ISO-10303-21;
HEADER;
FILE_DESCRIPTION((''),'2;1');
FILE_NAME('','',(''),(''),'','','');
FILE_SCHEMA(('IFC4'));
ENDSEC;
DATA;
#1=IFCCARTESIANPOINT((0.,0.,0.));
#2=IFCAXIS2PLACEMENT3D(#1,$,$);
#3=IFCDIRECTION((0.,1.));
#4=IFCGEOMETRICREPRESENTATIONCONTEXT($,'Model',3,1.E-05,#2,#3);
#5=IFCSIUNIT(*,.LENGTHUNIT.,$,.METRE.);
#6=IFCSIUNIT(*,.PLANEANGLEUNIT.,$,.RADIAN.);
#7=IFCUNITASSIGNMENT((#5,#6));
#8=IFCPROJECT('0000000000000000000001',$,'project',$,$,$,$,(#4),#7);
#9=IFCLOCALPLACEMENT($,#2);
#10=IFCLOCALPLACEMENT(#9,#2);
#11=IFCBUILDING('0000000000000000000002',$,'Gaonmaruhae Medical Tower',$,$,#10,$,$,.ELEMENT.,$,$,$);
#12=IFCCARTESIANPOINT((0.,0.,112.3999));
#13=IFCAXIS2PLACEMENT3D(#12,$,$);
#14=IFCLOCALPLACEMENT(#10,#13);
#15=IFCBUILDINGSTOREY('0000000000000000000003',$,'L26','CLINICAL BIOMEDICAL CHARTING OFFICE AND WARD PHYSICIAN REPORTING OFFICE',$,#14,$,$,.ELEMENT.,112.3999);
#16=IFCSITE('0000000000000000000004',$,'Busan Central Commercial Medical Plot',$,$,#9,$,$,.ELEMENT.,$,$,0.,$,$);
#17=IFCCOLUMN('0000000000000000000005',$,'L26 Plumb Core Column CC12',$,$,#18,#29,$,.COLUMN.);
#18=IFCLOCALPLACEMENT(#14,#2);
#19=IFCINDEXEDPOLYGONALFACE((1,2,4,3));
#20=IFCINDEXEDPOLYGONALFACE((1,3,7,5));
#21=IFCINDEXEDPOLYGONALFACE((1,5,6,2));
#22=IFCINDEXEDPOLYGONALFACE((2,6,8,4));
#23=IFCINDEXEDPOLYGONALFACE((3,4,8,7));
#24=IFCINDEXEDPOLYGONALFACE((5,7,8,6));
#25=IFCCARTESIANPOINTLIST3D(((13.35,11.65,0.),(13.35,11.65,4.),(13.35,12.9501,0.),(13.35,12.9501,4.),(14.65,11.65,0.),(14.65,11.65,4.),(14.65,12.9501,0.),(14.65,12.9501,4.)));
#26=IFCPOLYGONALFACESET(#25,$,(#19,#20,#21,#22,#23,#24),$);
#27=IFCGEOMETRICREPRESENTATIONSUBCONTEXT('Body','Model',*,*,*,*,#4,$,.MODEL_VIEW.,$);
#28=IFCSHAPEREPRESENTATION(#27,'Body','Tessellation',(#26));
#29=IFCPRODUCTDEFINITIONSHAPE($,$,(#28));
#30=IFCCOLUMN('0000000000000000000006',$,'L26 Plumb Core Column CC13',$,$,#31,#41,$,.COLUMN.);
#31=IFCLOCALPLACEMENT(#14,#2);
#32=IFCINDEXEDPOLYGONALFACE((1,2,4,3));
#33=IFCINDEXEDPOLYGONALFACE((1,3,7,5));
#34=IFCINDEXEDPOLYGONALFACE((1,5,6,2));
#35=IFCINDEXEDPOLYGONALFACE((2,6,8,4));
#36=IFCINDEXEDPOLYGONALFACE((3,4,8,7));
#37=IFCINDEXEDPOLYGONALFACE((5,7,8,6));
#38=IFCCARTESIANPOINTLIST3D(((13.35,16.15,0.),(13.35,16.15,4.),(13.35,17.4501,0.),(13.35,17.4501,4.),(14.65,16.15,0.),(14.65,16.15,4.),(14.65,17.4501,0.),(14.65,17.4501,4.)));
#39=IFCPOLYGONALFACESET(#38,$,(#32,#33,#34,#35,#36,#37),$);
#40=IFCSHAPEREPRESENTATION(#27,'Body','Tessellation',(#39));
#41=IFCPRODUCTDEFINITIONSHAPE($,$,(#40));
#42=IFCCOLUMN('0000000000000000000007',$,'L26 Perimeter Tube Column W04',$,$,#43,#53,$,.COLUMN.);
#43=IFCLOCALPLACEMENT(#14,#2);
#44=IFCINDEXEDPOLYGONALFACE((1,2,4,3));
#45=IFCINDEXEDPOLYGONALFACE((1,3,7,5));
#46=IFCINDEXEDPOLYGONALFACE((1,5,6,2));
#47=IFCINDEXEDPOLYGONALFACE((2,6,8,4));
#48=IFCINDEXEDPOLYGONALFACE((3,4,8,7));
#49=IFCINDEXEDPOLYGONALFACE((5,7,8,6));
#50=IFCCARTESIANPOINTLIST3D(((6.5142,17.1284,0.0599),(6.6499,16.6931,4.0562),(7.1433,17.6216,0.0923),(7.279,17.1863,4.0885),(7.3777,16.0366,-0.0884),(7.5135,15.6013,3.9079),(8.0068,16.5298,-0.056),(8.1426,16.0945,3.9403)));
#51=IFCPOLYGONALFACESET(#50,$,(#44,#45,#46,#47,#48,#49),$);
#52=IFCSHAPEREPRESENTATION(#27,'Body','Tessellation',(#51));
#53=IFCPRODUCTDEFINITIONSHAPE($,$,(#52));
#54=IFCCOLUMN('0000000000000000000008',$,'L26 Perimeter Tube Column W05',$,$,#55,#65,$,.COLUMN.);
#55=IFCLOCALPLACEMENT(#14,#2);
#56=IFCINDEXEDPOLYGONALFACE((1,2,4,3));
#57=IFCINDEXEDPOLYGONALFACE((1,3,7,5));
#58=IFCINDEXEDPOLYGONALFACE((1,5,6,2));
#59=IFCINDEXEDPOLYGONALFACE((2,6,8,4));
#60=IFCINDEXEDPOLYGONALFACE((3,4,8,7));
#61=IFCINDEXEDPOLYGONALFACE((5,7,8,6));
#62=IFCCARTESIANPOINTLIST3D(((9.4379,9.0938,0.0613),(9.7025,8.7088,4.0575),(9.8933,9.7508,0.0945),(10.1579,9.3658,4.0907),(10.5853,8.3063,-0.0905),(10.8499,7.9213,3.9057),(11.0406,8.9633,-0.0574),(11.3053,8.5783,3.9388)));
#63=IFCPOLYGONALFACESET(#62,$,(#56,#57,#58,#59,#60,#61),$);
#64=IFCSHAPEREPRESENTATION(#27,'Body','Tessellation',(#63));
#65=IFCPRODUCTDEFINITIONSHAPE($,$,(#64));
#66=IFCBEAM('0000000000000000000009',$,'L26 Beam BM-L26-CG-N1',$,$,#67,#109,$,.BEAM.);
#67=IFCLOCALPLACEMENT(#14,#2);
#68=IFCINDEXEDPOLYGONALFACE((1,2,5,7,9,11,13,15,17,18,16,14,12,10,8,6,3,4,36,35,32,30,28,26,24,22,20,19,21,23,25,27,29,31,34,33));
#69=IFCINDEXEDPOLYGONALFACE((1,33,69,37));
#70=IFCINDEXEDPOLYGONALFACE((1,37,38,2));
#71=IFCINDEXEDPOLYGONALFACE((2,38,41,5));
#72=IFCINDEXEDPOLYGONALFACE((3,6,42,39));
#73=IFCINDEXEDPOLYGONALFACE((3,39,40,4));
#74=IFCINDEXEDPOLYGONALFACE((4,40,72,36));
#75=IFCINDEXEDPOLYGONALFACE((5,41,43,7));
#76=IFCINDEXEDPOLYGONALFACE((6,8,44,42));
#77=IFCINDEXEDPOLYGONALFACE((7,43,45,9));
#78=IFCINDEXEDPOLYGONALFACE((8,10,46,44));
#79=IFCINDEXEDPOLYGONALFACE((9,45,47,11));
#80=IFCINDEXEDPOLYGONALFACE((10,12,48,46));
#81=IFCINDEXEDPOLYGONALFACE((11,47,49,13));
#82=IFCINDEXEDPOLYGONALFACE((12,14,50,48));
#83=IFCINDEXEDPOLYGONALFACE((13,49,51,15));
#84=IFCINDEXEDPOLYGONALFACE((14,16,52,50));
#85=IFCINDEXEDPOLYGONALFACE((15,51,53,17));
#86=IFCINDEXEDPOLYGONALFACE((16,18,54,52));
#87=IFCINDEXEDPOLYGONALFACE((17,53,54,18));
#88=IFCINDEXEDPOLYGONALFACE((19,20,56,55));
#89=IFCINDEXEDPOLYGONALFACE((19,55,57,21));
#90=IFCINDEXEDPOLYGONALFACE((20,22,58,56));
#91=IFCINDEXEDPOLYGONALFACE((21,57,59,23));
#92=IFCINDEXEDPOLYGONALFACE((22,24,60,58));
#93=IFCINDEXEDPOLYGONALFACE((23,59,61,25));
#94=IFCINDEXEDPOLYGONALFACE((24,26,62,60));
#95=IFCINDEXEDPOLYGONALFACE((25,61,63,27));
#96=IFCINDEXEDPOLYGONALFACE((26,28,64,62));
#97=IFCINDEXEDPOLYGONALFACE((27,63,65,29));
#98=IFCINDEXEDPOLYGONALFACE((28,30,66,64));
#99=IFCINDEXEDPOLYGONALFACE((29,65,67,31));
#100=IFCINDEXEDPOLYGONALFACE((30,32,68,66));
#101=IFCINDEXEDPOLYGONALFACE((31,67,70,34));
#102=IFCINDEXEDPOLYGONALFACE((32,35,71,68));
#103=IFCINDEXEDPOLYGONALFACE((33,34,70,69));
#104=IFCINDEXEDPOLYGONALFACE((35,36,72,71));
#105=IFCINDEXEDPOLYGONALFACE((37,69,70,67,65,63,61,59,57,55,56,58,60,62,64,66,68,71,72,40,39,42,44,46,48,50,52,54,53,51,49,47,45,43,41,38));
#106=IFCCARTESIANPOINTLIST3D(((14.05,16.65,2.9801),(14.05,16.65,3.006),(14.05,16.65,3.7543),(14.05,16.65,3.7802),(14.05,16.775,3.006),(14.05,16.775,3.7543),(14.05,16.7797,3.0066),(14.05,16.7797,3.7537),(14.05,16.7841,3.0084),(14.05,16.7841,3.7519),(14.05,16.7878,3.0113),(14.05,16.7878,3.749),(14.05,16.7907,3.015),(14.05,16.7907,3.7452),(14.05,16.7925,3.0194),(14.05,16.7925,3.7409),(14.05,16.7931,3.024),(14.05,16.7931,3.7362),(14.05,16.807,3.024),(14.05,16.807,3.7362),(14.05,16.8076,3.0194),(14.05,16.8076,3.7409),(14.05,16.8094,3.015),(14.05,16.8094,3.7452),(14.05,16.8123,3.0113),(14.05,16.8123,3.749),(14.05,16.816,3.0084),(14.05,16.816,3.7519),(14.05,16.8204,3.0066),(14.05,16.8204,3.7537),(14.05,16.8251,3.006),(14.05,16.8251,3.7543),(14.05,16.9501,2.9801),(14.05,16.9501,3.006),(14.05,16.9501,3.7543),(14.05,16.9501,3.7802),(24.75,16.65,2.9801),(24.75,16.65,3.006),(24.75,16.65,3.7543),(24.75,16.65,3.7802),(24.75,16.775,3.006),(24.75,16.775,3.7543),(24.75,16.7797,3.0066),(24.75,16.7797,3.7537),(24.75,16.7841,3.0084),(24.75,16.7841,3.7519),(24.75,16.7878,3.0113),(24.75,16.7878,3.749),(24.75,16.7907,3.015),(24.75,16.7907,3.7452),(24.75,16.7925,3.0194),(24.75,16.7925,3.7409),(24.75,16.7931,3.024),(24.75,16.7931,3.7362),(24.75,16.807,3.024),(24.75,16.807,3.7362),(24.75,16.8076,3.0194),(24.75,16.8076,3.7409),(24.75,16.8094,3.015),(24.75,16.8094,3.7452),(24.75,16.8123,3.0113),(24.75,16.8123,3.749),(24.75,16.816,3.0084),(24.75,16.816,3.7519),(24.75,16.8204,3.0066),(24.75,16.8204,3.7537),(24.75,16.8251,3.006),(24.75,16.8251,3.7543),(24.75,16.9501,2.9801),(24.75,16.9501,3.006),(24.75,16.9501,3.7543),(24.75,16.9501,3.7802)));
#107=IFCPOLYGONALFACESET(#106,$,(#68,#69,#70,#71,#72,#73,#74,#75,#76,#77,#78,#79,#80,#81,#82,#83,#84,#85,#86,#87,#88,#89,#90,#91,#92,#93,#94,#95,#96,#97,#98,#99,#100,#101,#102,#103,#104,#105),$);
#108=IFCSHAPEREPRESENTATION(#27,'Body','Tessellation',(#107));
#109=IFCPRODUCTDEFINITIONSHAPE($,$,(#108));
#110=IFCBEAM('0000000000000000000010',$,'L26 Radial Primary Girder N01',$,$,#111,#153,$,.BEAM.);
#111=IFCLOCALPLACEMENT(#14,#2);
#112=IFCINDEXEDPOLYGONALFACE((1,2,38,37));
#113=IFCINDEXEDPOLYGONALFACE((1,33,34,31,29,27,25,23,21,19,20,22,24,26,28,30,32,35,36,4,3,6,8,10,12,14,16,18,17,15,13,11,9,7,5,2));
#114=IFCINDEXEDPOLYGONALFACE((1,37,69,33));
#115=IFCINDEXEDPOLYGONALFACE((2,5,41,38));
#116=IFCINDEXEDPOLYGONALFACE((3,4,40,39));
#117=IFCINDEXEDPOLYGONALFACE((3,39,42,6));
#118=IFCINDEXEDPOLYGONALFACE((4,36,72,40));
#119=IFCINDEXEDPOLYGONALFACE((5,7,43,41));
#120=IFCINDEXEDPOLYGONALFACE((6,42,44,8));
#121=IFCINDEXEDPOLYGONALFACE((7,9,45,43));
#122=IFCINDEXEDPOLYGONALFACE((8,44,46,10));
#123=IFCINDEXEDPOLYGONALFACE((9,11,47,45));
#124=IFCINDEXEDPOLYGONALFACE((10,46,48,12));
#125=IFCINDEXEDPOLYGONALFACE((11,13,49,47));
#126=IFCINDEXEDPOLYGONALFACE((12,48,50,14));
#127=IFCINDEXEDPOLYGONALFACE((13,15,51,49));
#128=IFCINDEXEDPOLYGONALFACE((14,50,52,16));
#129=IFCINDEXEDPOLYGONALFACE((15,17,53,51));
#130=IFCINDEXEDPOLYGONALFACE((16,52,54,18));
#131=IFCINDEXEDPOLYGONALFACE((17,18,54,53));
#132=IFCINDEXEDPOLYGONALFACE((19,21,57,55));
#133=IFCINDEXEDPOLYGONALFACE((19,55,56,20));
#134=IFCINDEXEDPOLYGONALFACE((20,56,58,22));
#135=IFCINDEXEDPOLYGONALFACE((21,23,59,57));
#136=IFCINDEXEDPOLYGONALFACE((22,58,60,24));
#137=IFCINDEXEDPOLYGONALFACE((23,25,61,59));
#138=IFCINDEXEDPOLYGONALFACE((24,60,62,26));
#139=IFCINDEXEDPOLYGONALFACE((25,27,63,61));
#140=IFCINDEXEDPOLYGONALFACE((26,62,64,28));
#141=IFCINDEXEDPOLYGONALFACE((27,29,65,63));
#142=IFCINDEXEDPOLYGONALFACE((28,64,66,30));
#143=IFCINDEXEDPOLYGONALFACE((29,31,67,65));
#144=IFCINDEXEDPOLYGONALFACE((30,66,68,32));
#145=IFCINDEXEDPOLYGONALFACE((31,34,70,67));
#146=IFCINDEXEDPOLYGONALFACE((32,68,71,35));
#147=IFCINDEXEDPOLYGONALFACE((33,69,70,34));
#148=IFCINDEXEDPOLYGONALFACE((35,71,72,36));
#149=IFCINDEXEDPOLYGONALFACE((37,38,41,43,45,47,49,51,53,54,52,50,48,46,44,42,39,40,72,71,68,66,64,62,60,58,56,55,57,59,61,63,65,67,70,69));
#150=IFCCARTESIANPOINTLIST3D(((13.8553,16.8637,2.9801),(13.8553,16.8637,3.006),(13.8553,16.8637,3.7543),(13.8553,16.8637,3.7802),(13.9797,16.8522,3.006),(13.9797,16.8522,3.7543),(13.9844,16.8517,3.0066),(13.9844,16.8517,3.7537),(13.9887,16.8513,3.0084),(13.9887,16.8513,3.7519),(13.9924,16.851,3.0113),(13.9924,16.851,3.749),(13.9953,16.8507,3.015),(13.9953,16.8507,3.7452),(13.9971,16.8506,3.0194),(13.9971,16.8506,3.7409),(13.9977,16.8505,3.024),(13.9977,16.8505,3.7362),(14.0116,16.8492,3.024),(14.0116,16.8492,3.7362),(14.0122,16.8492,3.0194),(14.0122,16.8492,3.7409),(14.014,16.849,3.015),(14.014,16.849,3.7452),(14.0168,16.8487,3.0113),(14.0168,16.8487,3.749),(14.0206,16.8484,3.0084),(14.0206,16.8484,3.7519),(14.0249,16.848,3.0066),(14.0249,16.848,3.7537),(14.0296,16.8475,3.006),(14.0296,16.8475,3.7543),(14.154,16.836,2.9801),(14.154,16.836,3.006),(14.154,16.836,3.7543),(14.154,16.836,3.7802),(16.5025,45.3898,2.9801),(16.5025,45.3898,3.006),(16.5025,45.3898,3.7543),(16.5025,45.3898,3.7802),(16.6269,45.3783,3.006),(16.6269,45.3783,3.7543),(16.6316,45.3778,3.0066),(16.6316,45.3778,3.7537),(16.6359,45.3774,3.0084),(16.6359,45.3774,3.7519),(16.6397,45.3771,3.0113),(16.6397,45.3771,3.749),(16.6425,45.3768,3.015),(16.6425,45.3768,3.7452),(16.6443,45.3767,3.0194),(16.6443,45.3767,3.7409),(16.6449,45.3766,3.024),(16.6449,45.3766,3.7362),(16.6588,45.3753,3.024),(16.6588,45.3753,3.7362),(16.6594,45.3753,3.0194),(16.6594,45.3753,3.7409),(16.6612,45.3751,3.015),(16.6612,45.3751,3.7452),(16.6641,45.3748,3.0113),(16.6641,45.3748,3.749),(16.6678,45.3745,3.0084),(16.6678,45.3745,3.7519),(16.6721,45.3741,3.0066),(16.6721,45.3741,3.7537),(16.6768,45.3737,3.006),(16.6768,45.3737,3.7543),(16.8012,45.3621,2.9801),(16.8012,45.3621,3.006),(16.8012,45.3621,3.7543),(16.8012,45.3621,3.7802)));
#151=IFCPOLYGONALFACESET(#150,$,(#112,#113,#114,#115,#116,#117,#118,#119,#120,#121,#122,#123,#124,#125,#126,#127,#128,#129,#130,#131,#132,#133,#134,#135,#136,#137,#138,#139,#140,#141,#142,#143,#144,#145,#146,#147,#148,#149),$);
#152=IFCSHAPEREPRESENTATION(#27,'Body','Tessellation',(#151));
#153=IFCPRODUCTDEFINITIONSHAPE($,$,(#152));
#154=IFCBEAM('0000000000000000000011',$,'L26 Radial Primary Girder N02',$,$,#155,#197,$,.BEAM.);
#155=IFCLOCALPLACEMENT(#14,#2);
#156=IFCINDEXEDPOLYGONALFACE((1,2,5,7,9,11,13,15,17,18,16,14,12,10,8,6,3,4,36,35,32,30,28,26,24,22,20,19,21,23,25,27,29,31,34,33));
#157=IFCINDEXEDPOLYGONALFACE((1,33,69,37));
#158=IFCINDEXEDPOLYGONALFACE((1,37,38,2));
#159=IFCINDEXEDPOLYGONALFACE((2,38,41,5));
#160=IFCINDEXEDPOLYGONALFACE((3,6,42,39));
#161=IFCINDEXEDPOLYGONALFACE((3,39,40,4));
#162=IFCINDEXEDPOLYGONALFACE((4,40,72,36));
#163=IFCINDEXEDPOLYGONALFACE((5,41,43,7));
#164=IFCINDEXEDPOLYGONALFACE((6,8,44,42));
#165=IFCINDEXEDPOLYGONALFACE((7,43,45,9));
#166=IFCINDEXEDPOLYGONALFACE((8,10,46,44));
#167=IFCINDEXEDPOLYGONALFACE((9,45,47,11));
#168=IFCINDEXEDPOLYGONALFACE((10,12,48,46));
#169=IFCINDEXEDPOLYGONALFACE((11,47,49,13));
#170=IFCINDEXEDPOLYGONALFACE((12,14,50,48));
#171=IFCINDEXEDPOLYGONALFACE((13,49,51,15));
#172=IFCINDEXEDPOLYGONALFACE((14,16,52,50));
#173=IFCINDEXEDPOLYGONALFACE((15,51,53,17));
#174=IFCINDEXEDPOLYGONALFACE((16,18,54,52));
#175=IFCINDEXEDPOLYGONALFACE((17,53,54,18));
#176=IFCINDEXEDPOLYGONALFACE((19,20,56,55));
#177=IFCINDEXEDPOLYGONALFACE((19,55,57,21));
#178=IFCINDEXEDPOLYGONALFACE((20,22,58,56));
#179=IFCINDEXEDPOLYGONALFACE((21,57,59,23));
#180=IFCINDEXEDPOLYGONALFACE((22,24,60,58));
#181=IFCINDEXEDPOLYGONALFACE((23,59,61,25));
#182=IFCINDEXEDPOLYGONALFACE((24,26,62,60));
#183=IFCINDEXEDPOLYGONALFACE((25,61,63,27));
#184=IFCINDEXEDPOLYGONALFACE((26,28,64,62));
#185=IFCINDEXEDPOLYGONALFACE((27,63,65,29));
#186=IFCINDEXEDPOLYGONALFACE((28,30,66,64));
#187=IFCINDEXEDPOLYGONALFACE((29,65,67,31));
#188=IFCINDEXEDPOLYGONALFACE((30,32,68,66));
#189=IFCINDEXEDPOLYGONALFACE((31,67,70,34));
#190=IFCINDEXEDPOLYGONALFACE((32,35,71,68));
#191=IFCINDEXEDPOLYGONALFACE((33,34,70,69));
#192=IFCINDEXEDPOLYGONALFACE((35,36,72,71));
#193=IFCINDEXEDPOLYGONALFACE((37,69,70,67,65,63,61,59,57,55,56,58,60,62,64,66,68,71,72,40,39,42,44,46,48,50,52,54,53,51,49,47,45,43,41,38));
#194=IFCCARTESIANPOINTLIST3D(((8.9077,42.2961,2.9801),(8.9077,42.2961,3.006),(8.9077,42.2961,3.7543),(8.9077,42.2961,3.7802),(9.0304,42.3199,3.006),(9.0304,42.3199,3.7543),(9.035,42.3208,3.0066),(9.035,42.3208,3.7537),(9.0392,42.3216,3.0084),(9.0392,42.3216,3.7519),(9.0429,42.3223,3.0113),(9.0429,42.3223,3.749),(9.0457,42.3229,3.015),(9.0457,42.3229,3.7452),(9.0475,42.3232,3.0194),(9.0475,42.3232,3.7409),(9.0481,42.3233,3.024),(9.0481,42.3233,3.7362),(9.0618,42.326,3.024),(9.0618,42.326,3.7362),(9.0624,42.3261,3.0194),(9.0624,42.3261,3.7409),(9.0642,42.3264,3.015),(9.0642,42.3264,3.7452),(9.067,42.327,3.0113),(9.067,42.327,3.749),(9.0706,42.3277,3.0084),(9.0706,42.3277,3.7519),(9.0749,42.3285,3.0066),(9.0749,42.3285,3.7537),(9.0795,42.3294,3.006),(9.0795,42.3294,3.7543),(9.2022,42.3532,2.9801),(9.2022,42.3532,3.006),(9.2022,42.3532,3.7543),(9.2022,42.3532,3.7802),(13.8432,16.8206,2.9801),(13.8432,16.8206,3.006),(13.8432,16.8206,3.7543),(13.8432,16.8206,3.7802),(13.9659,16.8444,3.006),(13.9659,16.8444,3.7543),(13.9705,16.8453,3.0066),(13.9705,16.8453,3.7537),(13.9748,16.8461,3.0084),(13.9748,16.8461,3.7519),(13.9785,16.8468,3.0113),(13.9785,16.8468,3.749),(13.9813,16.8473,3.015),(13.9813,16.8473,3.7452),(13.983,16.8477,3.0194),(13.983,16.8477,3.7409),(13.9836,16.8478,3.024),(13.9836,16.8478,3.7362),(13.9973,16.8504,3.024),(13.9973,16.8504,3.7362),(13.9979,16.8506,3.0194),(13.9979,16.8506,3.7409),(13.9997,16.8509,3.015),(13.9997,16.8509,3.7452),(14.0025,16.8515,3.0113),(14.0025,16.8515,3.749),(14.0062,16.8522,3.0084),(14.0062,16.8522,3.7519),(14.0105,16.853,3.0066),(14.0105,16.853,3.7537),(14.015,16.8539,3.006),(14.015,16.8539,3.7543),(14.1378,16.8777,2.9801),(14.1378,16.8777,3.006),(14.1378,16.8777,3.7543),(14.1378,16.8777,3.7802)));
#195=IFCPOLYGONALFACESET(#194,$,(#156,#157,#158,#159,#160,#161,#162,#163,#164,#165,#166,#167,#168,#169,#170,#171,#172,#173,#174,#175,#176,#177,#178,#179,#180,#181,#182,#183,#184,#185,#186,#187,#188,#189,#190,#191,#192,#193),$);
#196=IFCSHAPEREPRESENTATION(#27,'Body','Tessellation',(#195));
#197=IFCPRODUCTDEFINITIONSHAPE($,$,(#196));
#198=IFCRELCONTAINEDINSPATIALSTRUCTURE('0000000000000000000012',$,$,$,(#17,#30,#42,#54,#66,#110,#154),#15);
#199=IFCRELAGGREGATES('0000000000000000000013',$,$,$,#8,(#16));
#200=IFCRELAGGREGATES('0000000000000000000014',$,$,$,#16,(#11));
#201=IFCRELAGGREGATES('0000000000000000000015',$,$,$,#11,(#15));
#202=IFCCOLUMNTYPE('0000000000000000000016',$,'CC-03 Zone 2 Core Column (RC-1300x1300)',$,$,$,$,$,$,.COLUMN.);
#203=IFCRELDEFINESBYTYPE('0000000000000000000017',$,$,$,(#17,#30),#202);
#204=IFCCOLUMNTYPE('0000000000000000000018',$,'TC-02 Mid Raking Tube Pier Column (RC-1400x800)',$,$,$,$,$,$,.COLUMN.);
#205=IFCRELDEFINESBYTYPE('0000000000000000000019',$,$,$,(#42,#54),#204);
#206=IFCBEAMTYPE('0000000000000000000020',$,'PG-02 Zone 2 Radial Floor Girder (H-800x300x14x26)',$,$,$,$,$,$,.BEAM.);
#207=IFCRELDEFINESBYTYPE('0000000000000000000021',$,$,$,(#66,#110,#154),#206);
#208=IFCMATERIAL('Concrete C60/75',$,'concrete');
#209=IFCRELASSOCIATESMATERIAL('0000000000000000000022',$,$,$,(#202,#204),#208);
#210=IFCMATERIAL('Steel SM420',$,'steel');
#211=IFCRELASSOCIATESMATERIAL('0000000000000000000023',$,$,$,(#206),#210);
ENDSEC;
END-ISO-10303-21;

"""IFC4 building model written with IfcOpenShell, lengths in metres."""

from ifc_helpers import new_model, si_unit, direction, frame, origin, origin_2d, place, context, subcontext, project, spatial, rectangle, i_section, extrude, material, material_profile, profile_set, type_object, element, save


model = new_model("IFC4")

# Units and contexts
model_context = context("Model", 3, precision=1e-05, world=origin(), true_north=direction((0.0, 1.0)))
body_context = subcontext(model_context, "Body", "Model", "MODEL_VIEW")
ifc_project = project(units=[si_unit("LENGTHUNIT", "METRE"), si_unit("PLANEANGLEUNIT", "RADIAN")], contexts=[model_context])

# Site, building, storey
site_placement = place(None, origin())
site = spatial("IfcSite", under=ifc_project, at=site_placement, Name="Busan Central Commercial Medical Plot", CompositionType="ELEMENT", RefElevation=0.0)
building_placement = place(site_placement, origin())
building = spatial("IfcBuilding", under=site, at=building_placement, Name="Gaonmaruhae Medical Tower", CompositionType="ELEMENT")
storey_placement = place(building_placement, frame((0.0, 0.0, 112.3999)))
storey = spatial("IfcBuildingStorey", under=building, at=storey_placement, Name="L26", Description="CLINICAL BIOMEDICAL CHARTING OFFICE AND WARD PHYSICIAN REPORTING OFFICE", CompositionType="ELEMENT", Elevation=112.3999)

# Columns
ifc_material_1 = material(Name="Concrete C60/75", Category="concrete")
ifc_material_profile_1 = material_profile(ifc_material_1, rectangle(XDim=1.3, YDim=1.3, at=origin_2d()), Name="RC-1300x1300")
ifc_profile_set_1 = profile_set([ifc_material_profile_1], Name="Concrete C60/75")
column_type_1 = type_object("IfcColumnType", Name="CC-03 Zone 2 Core Column (RC-1300x1300)", PredefinedType="COLUMN", material=ifc_profile_set_1)
for number, where, z_axis, x_axis, name in (
    (1, (14.0, 12.3, 0.0), (0.0, 0.0, 1.0), (1.0, 0.0, 0.0), "L26 Plumb Core Column CC12"),
    (2, (14.0, 16.8, 0.0), (0.0, 0.0, 1.0), (1.0, 0.0, 0.0), "L26 Plumb Core Column CC13"),
):
    element("IfcColumn", number, at=place(storey_placement, frame(where, z_axis=z_axis, x_axis=x_axis)), inside=storey, type_object=column_type_1, Name=name, PredefinedType="COLUMN", context=body_context, shape_type="SweptSolid", body=[
        extrude(rectangle(XDim=1.3, YDim=1.3, at=origin_2d()), origin(), (0.0, 0.0, 1.0), 4.0),
    ])
ifc_material_profile_2 = material_profile(ifc_material_1, rectangle(XDim=1.3999, YDim=0.8, at=origin_2d()), Name="RC-1400x800")
ifc_profile_set_2 = profile_set([ifc_material_profile_2], Name="Concrete C60/75")
column_type_2 = type_object("IfcColumnType", Name="TC-02 Mid Raking Tube Pier Column (RC-1400x800)", PredefinedType="COLUMN", material=ifc_profile_set_2)
column_1_placement = place(storey_placement, frame((7.2605, 16.8291, 0.002), z_axis=(0.033748, -0.108223, 0.993554), x_axis=(-0.61688, 0.7799, 0.105904)))
element("IfcColumn", 3, at=column_1_placement, inside=storey, type_object=column_type_2, Name="L26 Perimeter Tube Column W04", PredefinedType="COLUMN", context=body_context, shape_type="SweptSolid", body=[
    extrude(rectangle(XDim=1.3999, YDim=0.8, at=origin_2d()), origin(), (0.0, 0.0, 1.0), 4.0222),
])
column_2_placement = place(storey_placement, frame((10.2393, 9.0286, 0.002), z_axis=(0.065775, -0.095689, 0.993236), x_axis=(-0.819595, 0.56258, 0.108475)))
element("IfcColumn", 4, at=column_2_placement, inside=storey, type_object=column_type_2, Name="L26 Perimeter Tube Column W05", PredefinedType="COLUMN", context=body_context, shape_type="SweptSolid", body=[
    extrude(rectangle(XDim=1.3999, YDim=0.8, at=origin_2d()), origin(), (0.0, 0.0, 1.0), 4.0234),
])

# Beams
ifc_material_2 = material(Name="Steel SM420", Category="steel")
ifc_material_profile_3 = material_profile(ifc_material_2, i_section(OverallWidth=0.3, OverallDepth=0.8, WebThickness=0.0139, FlangeThickness=0.0259, FilletRadius=0.0181, at=origin_2d()), Name="H-800x300x14x26")
ifc_profile_set_3 = profile_set([ifc_material_profile_3], Name="Steel SM420")
beam_type_1 = type_object("IfcBeamType", Name="PG-02 Zone 2 Radial Floor Girder (H-800x300x14x26)", PredefinedType="BEAM", material=ifc_profile_set_3)
beam_1_placement = place(storey_placement, frame((14.05, 16.8, 3.3801), z_axis=(1.0, 0.0, 0.0), x_axis=(0.0, 1.0, 0.0)))
element("IfcBeam", 5, at=beam_1_placement, inside=storey, type_object=beam_type_1, Name="L26 Beam BM-L26-CG-N1", PredefinedType="BEAM", context=body_context, shape_type="SweptSolid", body=[
    extrude(i_section(OverallWidth=0.3, OverallDepth=0.8, WebThickness=0.0139, FlangeThickness=0.0259, FilletRadius=0.0181, at=origin_2d()), origin(), (0.0, 0.0, 1.0), 10.7),
])
beam_2_placement = place(storey_placement, frame((14.0046, 16.8499, 3.3801), z_axis=(0.092403, 0.995722, 0.0), x_axis=(-0.995722, 0.092403, 0.0)))
element("IfcBeam", 6, at=beam_2_placement, inside=storey, type_object=beam_type_1, Name="L26 Radial Primary Girder N01", PredefinedType="BEAM", context=body_context, shape_type="SweptSolid", body=[
    extrude(i_section(OverallWidth=0.3, OverallDepth=0.8, WebThickness=0.0139, FlangeThickness=0.0259, FilletRadius=0.0181, at=origin_2d()), origin(), (0.0, 0.0, 1.0), 28.6487),
])
beam_3_placement = place(storey_placement, frame((13.9905, 16.8491, 3.3801), z_axis=(-0.1902, 0.981745, 0.0), x_axis=(-0.981745, -0.1902, 0.0)))
element("IfcBeam", 7, at=beam_3_placement, inside=storey, type_object=beam_type_1, Name="L26 Radial Primary Girder N02", PredefinedType="BEAM", context=body_context, shape_type="SweptSolid", body=[
    extrude(i_section(OverallWidth=0.3, OverallDepth=0.8, WebThickness=0.0139, FlangeThickness=0.0259, FilletRadius=0.0181, at=origin_2d()), origin(), (0.0, 0.0, 1.0), 25.9492),
])

save(model, "model.ifc")
